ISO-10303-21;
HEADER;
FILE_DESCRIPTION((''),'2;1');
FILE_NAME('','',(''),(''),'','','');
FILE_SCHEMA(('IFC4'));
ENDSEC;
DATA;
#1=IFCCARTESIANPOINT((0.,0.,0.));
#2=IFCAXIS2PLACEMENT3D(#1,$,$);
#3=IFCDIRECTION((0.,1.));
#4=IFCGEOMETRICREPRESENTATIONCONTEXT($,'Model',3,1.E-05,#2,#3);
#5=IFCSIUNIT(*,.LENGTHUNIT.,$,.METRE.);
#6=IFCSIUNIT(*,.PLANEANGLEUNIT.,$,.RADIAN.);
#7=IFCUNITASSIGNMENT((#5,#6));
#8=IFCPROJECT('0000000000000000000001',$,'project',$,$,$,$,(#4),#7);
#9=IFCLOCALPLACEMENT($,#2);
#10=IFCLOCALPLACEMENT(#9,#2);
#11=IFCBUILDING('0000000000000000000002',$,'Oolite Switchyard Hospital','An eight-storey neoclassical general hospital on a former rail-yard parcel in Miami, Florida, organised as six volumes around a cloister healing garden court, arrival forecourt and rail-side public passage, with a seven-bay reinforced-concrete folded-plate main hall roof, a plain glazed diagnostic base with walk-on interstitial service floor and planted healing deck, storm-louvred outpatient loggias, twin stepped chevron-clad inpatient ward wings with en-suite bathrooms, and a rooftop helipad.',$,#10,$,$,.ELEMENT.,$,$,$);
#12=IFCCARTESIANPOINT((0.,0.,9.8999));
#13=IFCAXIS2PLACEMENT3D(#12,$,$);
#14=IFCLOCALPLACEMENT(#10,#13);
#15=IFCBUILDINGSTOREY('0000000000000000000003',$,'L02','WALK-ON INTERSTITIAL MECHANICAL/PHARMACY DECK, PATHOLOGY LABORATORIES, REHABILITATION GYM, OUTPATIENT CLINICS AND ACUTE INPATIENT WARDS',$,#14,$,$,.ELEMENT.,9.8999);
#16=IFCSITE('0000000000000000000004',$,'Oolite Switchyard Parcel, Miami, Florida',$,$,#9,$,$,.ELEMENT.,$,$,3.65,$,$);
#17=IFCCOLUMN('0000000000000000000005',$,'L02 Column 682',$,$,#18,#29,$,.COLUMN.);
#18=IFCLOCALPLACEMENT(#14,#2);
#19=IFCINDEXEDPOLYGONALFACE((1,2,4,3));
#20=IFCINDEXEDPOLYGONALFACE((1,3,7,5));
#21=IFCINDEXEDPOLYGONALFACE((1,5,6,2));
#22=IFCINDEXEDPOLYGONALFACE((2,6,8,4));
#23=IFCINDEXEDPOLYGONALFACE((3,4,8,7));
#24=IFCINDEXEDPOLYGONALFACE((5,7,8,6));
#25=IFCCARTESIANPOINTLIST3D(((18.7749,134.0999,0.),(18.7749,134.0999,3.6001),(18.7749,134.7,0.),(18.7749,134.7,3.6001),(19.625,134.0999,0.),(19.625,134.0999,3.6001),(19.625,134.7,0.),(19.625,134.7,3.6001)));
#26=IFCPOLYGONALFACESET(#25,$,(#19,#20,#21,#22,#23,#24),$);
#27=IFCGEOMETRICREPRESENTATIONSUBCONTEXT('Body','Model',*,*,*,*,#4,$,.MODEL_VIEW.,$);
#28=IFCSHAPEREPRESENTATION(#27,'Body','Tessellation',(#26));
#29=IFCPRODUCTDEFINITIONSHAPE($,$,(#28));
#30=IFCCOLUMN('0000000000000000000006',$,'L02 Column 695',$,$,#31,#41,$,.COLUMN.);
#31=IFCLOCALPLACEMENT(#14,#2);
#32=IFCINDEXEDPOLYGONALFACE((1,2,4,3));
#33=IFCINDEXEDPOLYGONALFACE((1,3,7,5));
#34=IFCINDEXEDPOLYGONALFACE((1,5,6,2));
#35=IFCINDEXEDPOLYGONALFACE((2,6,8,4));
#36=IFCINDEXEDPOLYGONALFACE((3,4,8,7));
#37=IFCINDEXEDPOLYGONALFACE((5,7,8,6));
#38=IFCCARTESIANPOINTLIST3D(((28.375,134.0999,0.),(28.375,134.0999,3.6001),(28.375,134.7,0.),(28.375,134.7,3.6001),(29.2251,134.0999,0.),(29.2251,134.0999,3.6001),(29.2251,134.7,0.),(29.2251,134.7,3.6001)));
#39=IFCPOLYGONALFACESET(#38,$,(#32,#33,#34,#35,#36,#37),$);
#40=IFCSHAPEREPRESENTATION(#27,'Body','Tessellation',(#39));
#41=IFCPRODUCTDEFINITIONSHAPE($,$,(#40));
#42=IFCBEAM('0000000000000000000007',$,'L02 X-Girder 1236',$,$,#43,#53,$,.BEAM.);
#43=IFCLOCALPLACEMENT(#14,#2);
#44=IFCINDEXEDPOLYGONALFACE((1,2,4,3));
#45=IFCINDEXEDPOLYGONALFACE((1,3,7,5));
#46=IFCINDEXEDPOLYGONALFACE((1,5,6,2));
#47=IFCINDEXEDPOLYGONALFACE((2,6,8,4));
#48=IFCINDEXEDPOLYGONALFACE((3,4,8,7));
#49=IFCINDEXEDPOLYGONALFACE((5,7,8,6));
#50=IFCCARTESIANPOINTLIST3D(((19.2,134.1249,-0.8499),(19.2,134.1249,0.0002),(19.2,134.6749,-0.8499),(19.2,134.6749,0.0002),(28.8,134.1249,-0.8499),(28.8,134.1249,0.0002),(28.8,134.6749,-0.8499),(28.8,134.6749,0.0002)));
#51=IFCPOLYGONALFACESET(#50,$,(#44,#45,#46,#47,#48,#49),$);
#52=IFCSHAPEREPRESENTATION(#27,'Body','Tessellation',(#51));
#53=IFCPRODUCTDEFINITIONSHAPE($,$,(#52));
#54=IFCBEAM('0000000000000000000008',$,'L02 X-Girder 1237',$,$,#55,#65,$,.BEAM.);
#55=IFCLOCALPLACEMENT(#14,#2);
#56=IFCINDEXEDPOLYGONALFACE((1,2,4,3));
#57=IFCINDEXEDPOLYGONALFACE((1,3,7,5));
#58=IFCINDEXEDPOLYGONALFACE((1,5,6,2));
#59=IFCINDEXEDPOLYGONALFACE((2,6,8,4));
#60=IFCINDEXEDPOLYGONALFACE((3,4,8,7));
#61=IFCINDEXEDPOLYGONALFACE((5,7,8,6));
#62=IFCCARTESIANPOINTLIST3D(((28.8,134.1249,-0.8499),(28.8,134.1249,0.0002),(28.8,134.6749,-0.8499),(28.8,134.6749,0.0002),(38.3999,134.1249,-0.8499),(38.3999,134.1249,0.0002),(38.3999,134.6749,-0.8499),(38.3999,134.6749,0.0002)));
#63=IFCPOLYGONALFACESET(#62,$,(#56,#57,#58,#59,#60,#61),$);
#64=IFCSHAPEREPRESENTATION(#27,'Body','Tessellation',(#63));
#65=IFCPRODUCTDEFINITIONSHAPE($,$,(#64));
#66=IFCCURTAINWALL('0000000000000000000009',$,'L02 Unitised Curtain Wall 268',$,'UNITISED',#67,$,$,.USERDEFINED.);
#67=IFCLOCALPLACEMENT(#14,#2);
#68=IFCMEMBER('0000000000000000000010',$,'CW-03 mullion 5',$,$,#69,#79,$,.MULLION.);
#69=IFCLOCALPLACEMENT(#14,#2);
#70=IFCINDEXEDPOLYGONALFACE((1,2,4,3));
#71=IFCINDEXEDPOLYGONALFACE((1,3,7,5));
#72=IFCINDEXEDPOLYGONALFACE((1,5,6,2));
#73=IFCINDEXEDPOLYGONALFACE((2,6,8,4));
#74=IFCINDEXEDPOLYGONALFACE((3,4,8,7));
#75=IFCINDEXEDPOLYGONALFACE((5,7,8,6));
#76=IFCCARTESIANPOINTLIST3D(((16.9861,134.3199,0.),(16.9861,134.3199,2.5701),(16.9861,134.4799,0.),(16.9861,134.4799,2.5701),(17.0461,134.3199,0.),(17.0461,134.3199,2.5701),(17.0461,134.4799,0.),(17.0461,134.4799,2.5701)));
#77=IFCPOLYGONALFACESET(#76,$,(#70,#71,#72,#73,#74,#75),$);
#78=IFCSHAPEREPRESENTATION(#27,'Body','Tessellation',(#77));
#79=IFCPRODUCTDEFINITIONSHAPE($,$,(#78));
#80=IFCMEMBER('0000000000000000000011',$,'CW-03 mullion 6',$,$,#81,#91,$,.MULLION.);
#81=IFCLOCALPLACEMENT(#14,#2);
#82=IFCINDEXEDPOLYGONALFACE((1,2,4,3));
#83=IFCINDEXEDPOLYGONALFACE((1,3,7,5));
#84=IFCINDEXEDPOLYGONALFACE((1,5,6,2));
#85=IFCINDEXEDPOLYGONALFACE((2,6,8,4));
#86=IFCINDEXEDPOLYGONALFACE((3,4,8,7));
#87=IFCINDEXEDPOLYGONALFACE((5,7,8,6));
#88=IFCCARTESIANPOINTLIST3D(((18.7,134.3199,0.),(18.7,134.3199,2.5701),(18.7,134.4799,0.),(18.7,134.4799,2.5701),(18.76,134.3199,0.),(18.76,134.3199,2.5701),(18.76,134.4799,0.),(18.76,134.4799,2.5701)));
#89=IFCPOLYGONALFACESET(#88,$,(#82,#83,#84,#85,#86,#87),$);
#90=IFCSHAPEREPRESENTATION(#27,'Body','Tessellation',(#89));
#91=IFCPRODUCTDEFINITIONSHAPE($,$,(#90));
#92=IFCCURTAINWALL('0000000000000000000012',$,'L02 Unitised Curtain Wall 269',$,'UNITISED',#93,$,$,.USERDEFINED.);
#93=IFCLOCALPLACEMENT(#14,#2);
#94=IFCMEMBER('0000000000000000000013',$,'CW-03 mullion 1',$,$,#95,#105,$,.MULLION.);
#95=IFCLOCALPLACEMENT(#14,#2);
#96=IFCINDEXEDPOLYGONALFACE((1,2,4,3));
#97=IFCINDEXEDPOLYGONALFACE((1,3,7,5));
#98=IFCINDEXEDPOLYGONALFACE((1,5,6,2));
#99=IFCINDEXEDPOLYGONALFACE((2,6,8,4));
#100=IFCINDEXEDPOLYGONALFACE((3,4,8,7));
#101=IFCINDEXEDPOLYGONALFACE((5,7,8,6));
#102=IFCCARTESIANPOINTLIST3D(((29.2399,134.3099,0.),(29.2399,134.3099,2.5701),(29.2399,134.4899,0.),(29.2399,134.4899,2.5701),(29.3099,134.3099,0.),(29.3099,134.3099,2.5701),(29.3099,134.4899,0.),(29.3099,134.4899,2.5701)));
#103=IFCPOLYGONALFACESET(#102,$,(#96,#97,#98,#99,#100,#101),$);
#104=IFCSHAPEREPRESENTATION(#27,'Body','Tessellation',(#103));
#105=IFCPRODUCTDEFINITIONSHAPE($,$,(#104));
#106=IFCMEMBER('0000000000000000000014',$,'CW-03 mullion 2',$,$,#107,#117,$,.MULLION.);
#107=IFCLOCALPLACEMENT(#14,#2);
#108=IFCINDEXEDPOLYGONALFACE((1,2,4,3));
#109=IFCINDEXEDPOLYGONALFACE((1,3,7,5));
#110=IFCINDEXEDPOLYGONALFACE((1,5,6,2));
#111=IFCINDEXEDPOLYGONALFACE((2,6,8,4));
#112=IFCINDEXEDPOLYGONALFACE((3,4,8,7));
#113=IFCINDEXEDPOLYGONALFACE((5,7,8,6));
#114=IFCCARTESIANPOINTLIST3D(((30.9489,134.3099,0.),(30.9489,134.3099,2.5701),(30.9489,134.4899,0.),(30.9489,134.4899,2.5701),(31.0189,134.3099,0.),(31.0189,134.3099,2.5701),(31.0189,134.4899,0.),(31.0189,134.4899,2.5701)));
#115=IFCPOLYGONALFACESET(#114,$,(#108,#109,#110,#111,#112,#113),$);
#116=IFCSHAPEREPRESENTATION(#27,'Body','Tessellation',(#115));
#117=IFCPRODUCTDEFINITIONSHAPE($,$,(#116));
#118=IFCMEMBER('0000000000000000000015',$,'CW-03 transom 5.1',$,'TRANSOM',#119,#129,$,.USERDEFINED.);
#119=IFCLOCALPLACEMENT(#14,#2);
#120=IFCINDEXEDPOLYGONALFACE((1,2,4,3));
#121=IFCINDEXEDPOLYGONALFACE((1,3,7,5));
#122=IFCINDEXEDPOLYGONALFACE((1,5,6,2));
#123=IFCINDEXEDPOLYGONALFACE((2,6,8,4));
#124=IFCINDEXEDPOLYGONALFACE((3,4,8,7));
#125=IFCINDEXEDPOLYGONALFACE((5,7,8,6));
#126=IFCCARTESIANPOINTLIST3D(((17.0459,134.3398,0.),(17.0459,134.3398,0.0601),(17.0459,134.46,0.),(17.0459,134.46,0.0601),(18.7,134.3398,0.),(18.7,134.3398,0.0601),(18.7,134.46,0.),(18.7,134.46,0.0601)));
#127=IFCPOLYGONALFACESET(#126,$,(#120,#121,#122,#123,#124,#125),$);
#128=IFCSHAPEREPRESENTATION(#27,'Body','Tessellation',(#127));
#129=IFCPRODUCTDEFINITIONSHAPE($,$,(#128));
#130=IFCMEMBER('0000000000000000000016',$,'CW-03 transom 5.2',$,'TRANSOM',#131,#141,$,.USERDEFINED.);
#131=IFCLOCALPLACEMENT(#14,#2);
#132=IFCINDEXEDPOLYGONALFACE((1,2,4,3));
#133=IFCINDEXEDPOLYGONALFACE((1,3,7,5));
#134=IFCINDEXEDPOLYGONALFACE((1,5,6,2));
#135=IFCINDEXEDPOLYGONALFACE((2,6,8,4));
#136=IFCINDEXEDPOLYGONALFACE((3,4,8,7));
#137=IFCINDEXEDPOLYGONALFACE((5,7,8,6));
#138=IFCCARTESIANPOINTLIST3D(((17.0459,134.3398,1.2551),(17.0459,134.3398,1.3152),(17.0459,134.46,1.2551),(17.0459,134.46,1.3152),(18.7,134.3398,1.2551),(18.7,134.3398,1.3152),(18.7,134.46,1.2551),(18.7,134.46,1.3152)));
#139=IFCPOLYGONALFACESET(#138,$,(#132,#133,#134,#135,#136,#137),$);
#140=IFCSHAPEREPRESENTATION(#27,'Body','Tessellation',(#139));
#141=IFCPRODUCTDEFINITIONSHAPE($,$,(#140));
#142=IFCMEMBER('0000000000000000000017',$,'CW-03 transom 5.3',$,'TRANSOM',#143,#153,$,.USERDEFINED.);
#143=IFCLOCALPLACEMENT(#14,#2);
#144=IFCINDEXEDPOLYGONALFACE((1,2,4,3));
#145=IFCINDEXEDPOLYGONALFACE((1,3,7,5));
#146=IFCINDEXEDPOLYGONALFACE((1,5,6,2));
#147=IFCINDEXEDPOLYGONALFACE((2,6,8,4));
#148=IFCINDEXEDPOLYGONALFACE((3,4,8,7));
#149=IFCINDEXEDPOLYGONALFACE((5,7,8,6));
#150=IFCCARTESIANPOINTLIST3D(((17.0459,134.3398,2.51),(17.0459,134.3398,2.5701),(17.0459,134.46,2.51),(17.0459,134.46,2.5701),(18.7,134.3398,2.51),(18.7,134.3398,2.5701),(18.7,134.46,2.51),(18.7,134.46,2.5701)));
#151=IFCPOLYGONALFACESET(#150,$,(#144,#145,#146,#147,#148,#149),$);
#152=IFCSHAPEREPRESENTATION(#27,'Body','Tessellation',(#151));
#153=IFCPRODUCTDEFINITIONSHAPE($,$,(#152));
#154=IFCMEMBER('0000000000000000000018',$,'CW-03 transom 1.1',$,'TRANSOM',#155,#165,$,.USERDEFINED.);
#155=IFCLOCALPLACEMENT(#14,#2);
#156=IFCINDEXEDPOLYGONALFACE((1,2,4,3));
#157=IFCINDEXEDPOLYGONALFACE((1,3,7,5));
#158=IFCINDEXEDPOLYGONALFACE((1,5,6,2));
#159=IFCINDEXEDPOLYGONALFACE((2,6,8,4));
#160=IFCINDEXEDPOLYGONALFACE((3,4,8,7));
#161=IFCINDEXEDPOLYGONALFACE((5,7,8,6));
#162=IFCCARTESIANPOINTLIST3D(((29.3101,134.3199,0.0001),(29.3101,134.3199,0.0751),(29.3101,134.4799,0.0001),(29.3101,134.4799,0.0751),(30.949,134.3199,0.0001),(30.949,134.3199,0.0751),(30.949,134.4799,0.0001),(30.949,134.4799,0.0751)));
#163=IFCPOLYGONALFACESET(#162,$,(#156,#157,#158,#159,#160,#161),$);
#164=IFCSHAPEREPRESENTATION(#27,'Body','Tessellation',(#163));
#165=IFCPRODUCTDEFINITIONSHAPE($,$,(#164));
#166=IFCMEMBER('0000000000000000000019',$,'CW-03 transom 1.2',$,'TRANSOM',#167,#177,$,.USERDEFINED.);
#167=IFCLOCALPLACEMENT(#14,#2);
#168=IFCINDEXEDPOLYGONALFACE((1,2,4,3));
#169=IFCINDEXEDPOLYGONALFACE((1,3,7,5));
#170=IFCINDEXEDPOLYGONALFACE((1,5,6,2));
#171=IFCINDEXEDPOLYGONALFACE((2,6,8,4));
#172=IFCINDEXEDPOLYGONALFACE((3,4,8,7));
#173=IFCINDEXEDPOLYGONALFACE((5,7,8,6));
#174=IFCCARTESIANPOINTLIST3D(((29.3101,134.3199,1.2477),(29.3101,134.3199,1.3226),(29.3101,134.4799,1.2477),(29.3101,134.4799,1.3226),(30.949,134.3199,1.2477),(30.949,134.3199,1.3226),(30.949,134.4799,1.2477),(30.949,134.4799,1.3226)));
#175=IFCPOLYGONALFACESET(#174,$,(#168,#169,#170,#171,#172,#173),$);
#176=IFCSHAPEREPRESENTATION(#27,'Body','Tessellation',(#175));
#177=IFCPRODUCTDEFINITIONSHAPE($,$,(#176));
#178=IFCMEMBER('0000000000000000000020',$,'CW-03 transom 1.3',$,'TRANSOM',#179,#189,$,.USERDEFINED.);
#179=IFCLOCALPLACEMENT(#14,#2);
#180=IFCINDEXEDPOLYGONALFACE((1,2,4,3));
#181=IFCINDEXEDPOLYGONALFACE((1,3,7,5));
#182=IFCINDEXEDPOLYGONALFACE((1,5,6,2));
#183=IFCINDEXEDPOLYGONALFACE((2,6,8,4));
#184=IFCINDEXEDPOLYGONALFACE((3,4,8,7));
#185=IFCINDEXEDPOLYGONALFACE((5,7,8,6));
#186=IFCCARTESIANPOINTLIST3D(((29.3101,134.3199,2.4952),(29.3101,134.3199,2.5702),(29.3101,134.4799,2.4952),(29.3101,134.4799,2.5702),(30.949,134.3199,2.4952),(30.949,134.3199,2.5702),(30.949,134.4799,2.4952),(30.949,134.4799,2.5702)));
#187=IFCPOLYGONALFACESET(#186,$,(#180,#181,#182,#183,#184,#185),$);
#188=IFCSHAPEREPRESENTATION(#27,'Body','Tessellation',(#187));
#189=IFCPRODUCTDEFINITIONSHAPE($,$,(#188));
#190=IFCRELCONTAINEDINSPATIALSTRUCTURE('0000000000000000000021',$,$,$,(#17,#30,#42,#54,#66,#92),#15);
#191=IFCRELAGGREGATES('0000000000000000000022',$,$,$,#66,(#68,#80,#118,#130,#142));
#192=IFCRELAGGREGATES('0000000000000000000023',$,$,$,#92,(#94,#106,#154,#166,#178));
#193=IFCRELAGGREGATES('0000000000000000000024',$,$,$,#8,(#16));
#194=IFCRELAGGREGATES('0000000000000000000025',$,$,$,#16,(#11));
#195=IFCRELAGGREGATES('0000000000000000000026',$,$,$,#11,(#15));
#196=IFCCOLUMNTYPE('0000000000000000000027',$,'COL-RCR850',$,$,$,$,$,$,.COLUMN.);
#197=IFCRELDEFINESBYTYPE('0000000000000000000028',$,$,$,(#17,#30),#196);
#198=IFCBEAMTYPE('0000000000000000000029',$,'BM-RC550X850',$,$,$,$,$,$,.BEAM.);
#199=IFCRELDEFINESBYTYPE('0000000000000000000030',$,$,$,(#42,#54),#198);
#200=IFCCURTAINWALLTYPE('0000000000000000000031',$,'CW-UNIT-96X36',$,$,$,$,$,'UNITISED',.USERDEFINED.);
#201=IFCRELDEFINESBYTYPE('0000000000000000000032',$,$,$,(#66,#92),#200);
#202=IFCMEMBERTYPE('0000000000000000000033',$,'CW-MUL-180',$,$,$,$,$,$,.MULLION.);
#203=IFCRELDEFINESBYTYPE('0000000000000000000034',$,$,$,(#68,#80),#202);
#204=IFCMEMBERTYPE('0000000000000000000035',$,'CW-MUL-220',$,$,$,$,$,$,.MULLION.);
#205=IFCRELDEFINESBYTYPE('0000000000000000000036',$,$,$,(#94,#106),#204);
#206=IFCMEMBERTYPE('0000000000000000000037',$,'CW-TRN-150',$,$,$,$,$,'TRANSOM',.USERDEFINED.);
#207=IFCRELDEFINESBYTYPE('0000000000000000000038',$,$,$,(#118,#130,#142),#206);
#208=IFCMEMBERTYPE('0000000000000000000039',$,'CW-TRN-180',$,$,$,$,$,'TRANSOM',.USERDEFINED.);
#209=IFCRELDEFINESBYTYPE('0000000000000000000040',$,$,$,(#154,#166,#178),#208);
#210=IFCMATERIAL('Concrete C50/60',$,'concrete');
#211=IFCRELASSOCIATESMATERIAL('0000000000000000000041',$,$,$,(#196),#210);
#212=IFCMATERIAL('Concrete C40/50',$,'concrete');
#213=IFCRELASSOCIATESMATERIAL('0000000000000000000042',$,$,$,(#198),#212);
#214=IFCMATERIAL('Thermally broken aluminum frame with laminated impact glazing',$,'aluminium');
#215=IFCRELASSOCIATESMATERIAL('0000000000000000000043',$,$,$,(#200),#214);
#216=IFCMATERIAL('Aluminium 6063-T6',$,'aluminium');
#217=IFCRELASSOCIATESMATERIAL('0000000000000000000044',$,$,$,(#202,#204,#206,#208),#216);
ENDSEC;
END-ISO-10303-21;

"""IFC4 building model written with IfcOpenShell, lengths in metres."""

from ifc_helpers import new_model, si_unit, direction, frame, origin, origin_2d, place, context, subcontext, project, spatial, rectangle, extrude, material, material_profile, profile_set, type_object, element, aggregate, save


model = new_model("IFC4")

# Units and contexts
model_context = context("Model", 3, precision=1e-05, world=origin(), true_north=direction((0.0, 1.0)))
body_context = subcontext(model_context, "Body", "Model", "MODEL_VIEW")
ifc_project = project(units=[si_unit("LENGTHUNIT", "METRE"), si_unit("PLANEANGLEUNIT", "RADIAN")], contexts=[model_context])

# Site, building, storey
site_placement = place(None, origin())
site = spatial("IfcSite", under=ifc_project, at=site_placement, Name="Oolite Switchyard Parcel, Miami, Florida", CompositionType="ELEMENT", RefElevation=3.65)
building_placement = place(site_placement, origin())
building = spatial("IfcBuilding", under=site, at=building_placement, Name="Oolite Switchyard Hospital", Description="An eight-storey neoclassical general hospital on a former rail-yard parcel in Miami, Florida, organised as six volumes around a cloister healing garden court, arrival forecourt and rail-side public passage, with a seven-bay reinforced-concrete folded-plate main hall roof, a plain glazed diagnostic base with walk-on interstitial service floor and planted healing deck, storm-louvred outpatient loggias, twin stepped chevron-clad inpatient ward wings with en-suite bathrooms, and a rooftop helipad.", CompositionType="ELEMENT")
storey_placement = place(building_placement, frame((0.0, 0.0, 9.8999)))
storey = spatial("IfcBuildingStorey", under=building, at=storey_placement, Name="L02", Description="WALK-ON INTERSTITIAL MECHANICAL/PHARMACY DECK, PATHOLOGY LABORATORIES, REHABILITATION GYM, OUTPATIENT CLINICS AND ACUTE INPATIENT WARDS", CompositionType="ELEMENT", Elevation=9.8999)

# Columns
ifc_material_1 = material(Name="Concrete C50/60", Category="concrete")
ifc_material_profile_1 = material_profile(ifc_material_1, rectangle(XDim=0.8501, YDim=0.6001, at=origin_2d()), Name="RC850X600")
ifc_profile_set_1 = profile_set([ifc_material_profile_1], Name="Concrete C50/60")
column_type = type_object("IfcColumnType", Name="COL-RCR850", PredefinedType="COLUMN", material=ifc_profile_set_1)
for number, where, z_axis, x_axis, name in (
    (1, (19.2, 134.3999, 0.0), (0.0, 0.0, 1.0), (1.0, 0.0, 0.0), "L02 Column 682"),
    (2, (28.8, 134.3999, 0.0), (0.0, 0.0, 1.0), (1.0, 0.0, 0.0), "L02 Column 695"),
):
    element("IfcColumn", number, at=place(storey_placement, frame(where, z_axis=z_axis, x_axis=x_axis)), inside=storey, type_object=column_type, Name=name, PredefinedType="COLUMN", context=body_context, shape_type="SweptSolid", body=[
        extrude(rectangle(XDim=0.8501, YDim=0.6001, at=origin_2d()), origin(), (0.0, 0.0, 1.0), 3.6001),
    ])

# Beams
ifc_material_2 = material(Name="Concrete C40/50", Category="concrete")
ifc_material_profile_2 = material_profile(ifc_material_2, rectangle(XDim=0.55, YDim=0.8501, at=origin_2d()), Name="RCB550X850")
ifc_profile_set_2 = profile_set([ifc_material_profile_2], Name="Concrete C40/50")
beam_type = type_object("IfcBeamType", Name="BM-RC550X850", PredefinedType="BEAM", material=ifc_profile_set_2)
beam_1_placement = place(storey_placement, frame((19.2, 134.3999, -0.4248), z_axis=(1.0, 0.0, 0.0), x_axis=(0.0, 1.0, 0.0)))
element("IfcBeam", 3, at=beam_1_placement, inside=storey, type_object=beam_type, Name="L02 X-Girder 1236", PredefinedType="BEAM", context=body_context, shape_type="SweptSolid", body=[
    extrude(rectangle(XDim=0.55, YDim=0.8501, at=origin_2d()), origin(), (0.0, 0.0, 1.0), 9.6001),
])
beam_2_placement = place(storey_placement, frame((28.8, 134.3999, -0.4248), z_axis=(1.0, 0.0, 0.0), x_axis=(0.0, 1.0, 0.0)))
element("IfcBeam", 4, at=beam_2_placement, inside=storey, type_object=beam_type, Name="L02 X-Girder 1237", PredefinedType="BEAM", context=body_context, shape_type="SweptSolid", body=[
    extrude(rectangle(XDim=0.55, YDim=0.8501, at=origin_2d()), origin(), (0.0, 0.0, 1.0), 9.5999),
])

# Curtain walls, members
ifc_material_3 = material(Name="Thermally broken aluminum frame with laminated impact glazing", Category="aluminium")
curtain_wall_type = type_object("IfcCurtainWallType", Name="CW-UNIT-96X36", ElementType="UNITISED", PredefinedType="USERDEFINED", material=ifc_material_3)
curtain_wall_1_placement = place(storey_placement, origin())
curtain_wall_1 = element("IfcCurtainWall", 5, at=curtain_wall_1_placement, inside=storey, type_object=curtain_wall_type, Name="L02 Unitised Curtain Wall 268", ObjectType="UNITISED", PredefinedType="USERDEFINED")
ifc_material_4 = material(Name="Aluminium 6063-T6", Category="aluminium")
ifc_material_profile_3 = material_profile(ifc_material_4, rectangle(XDim=0.1599, YDim=0.0601, at=origin_2d()), Name="CWM60X160")
ifc_profile_set_3 = profile_set([ifc_material_profile_3], Name="Aluminium 6063-T6")
member_type_1 = type_object("IfcMemberType", Name="CW-MUL-180", PredefinedType="MULLION", material=ifc_profile_set_3)
member_1_placement = place(storey_placement, frame((17.0161, 134.3999, 0.0), z_axis=(0.0, 0.0, 1.0), x_axis=(0.0, 1.0, 0.0)))
member_1 = element("IfcMember", 6, at=member_1_placement, type_object=member_type_1, Name="CW-03 mullion 5", PredefinedType="MULLION", context=body_context, shape_type="SweptSolid", body=[
    extrude(rectangle(XDim=0.1599, YDim=0.0601, at=origin_2d()), origin(), (0.0, 0.0, 1.0), 2.5701),
])
member_2_placement = place(storey_placement, frame((18.73, 134.3999, 0.0), z_axis=(0.0, 0.0, 1.0), x_axis=(0.0, 1.0, 0.0)))
member_2 = element("IfcMember", 7, at=member_2_placement, type_object=member_type_1, Name="CW-03 mullion 6", PredefinedType="MULLION", context=body_context, shape_type="SweptSolid", body=[
    extrude(rectangle(XDim=0.1599, YDim=0.0601, at=origin_2d()), origin(), (0.0, 0.0, 1.0), 2.5701),
])
curtain_wall_2_placement = place(storey_placement, origin())
curtain_wall_2 = element("IfcCurtainWall", 8, at=curtain_wall_2_placement, inside=storey, type_object=curtain_wall_type, Name="L02 Unitised Curtain Wall 269", ObjectType="UNITISED", PredefinedType="USERDEFINED")
ifc_material_profile_4 = material_profile(ifc_material_4, rectangle(XDim=0.1799, YDim=0.0701, at=origin_2d()), Name="CWM70X180")
ifc_profile_set_4 = profile_set([ifc_material_profile_4], Name="Aluminium 6063-T6")
member_type_2 = type_object("IfcMemberType", Name="CW-MUL-220", PredefinedType="MULLION", material=ifc_profile_set_4)
member_3_placement = place(storey_placement, frame((29.2749, 134.3999, 0.0), z_axis=(0.0, 0.0, 1.0), x_axis=(0.0, 1.0, 0.0)))
member_3 = element("IfcMember", 9, at=member_3_placement, type_object=member_type_2, Name="CW-03 mullion 1", PredefinedType="MULLION", context=body_context, shape_type="SweptSolid", body=[
    extrude(rectangle(XDim=0.1799, YDim=0.0701, at=origin_2d()), origin(), (0.0, 0.0, 1.0), 2.5701),
])
member_4_placement = place(storey_placement, frame((30.9839, 134.3999, 0.0), z_axis=(0.0, 0.0, 1.0), x_axis=(0.0, 1.0, 0.0)))
member_4 = element("IfcMember", 10, at=member_4_placement, type_object=member_type_2, Name="CW-03 mullion 2", PredefinedType="MULLION", context=body_context, shape_type="SweptSolid", body=[
    extrude(rectangle(XDim=0.1799, YDim=0.0701, at=origin_2d()), origin(), (0.0, 0.0, 1.0), 2.5701),
])

# Members
ifc_material_profile_5 = material_profile(ifc_material_4, rectangle(XDim=0.1201, YDim=0.0601, at=origin_2d()), Name="CWT60X120")
ifc_profile_set_5 = profile_set([ifc_material_profile_5], Name="Aluminium 6063-T6")
member_type_3 = type_object("IfcMemberType", Name="CW-TRN-150", ElementType="TRANSOM", PredefinedType="USERDEFINED", material=ifc_profile_set_5)
member_5_placement = place(storey_placement, frame((17.0459, 134.3999, 0.03), z_axis=(1.0, 0.0, 0.0), x_axis=(0.0, 1.0, 0.0)))
member_5 = element("IfcMember", 11, at=member_5_placement, type_object=member_type_3, Name="CW-03 transom 5.1", ObjectType="TRANSOM", PredefinedType="USERDEFINED", context=body_context, shape_type="SweptSolid", body=[
    extrude(rectangle(XDim=0.1201, YDim=0.0601, at=origin_2d()), origin(), (0.0, 0.0, 1.0), 1.6541),
])
member_6_placement = place(storey_placement, frame((17.0459, 134.3999, 1.2852), z_axis=(1.0, 0.0, 0.0), x_axis=(0.0, 1.0, 0.0)))
member_6 = element("IfcMember", 12, at=member_6_placement, type_object=member_type_3, Name="CW-03 transom 5.2", ObjectType="TRANSOM", PredefinedType="USERDEFINED", context=body_context, shape_type="SweptSolid", body=[
    extrude(rectangle(XDim=0.1201, YDim=0.0601, at=origin_2d()), origin(), (0.0, 0.0, 1.0), 1.6541),
])
member_7_placement = place(storey_placement, frame((17.0459, 134.3999, 2.54), z_axis=(1.0, 0.0, 0.0), x_axis=(0.0, 1.0, 0.0)))
member_7 = element("IfcMember", 13, at=member_7_placement, type_object=member_type_3, Name="CW-03 transom 5.3", ObjectType="TRANSOM", PredefinedType="USERDEFINED", context=body_context, shape_type="SweptSolid", body=[
    extrude(rectangle(XDim=0.1201, YDim=0.0601, at=origin_2d()), origin(), (0.0, 0.0, 1.0), 1.6541),
])
ifc_material_profile_6 = material_profile(ifc_material_4, rectangle(XDim=0.1599, YDim=0.075, at=origin_2d()), Name="CWT75X160")
ifc_profile_set_6 = profile_set([ifc_material_profile_6], Name="Aluminium 6063-T6")
member_type_4 = type_object("IfcMemberType", Name="CW-TRN-180", ElementType="TRANSOM", PredefinedType="USERDEFINED", material=ifc_profile_set_6)
member_8_placement = place(storey_placement, frame((29.3101, 134.3999, 0.0376), z_axis=(1.0, 0.0, 0.0), x_axis=(0.0, 1.0, 0.0)))
member_8 = element("IfcMember", 14, at=member_8_placement, type_object=member_type_4, Name="CW-03 transom 1.1", ObjectType="TRANSOM", PredefinedType="USERDEFINED", context=body_context, shape_type="SweptSolid", body=[
    extrude(rectangle(XDim=0.1599, YDim=0.075, at=origin_2d()), origin(), (0.0, 0.0, 1.0), 1.6389),
])
member_9_placement = place(storey_placement, frame((29.3101, 134.3999, 1.2852), z_axis=(1.0, 0.0, 0.0), x_axis=(0.0, 1.0, 0.0)))
member_9 = element("IfcMember", 15, at=member_9_placement, type_object=member_type_4, Name="CW-03 transom 1.2", ObjectType="TRANSOM", PredefinedType="USERDEFINED", context=body_context, shape_type="SweptSolid", body=[
    extrude(rectangle(XDim=0.1599, YDim=0.075, at=origin_2d()), origin(), (0.0, 0.0, 1.0), 1.6389),
])
member_10_placement = place(storey_placement, frame((29.3101, 134.3999, 2.5327), z_axis=(1.0, 0.0, 0.0), x_axis=(0.0, 1.0, 0.0)))
member_10 = element("IfcMember", 16, at=member_10_placement, type_object=member_type_4, Name="CW-03 transom 1.3", ObjectType="TRANSOM", PredefinedType="USERDEFINED", context=body_context, shape_type="SweptSolid", body=[
    extrude(rectangle(XDim=0.1599, YDim=0.075, at=origin_2d()), origin(), (0.0, 0.0, 1.0), 1.6389),
])

aggregate(curtain_wall_1, [member_1, member_2, member_5, member_6, member_7])
aggregate(curtain_wall_2, [member_3, member_4, member_8, member_9, member_10])

save(model, "model.ifc")
